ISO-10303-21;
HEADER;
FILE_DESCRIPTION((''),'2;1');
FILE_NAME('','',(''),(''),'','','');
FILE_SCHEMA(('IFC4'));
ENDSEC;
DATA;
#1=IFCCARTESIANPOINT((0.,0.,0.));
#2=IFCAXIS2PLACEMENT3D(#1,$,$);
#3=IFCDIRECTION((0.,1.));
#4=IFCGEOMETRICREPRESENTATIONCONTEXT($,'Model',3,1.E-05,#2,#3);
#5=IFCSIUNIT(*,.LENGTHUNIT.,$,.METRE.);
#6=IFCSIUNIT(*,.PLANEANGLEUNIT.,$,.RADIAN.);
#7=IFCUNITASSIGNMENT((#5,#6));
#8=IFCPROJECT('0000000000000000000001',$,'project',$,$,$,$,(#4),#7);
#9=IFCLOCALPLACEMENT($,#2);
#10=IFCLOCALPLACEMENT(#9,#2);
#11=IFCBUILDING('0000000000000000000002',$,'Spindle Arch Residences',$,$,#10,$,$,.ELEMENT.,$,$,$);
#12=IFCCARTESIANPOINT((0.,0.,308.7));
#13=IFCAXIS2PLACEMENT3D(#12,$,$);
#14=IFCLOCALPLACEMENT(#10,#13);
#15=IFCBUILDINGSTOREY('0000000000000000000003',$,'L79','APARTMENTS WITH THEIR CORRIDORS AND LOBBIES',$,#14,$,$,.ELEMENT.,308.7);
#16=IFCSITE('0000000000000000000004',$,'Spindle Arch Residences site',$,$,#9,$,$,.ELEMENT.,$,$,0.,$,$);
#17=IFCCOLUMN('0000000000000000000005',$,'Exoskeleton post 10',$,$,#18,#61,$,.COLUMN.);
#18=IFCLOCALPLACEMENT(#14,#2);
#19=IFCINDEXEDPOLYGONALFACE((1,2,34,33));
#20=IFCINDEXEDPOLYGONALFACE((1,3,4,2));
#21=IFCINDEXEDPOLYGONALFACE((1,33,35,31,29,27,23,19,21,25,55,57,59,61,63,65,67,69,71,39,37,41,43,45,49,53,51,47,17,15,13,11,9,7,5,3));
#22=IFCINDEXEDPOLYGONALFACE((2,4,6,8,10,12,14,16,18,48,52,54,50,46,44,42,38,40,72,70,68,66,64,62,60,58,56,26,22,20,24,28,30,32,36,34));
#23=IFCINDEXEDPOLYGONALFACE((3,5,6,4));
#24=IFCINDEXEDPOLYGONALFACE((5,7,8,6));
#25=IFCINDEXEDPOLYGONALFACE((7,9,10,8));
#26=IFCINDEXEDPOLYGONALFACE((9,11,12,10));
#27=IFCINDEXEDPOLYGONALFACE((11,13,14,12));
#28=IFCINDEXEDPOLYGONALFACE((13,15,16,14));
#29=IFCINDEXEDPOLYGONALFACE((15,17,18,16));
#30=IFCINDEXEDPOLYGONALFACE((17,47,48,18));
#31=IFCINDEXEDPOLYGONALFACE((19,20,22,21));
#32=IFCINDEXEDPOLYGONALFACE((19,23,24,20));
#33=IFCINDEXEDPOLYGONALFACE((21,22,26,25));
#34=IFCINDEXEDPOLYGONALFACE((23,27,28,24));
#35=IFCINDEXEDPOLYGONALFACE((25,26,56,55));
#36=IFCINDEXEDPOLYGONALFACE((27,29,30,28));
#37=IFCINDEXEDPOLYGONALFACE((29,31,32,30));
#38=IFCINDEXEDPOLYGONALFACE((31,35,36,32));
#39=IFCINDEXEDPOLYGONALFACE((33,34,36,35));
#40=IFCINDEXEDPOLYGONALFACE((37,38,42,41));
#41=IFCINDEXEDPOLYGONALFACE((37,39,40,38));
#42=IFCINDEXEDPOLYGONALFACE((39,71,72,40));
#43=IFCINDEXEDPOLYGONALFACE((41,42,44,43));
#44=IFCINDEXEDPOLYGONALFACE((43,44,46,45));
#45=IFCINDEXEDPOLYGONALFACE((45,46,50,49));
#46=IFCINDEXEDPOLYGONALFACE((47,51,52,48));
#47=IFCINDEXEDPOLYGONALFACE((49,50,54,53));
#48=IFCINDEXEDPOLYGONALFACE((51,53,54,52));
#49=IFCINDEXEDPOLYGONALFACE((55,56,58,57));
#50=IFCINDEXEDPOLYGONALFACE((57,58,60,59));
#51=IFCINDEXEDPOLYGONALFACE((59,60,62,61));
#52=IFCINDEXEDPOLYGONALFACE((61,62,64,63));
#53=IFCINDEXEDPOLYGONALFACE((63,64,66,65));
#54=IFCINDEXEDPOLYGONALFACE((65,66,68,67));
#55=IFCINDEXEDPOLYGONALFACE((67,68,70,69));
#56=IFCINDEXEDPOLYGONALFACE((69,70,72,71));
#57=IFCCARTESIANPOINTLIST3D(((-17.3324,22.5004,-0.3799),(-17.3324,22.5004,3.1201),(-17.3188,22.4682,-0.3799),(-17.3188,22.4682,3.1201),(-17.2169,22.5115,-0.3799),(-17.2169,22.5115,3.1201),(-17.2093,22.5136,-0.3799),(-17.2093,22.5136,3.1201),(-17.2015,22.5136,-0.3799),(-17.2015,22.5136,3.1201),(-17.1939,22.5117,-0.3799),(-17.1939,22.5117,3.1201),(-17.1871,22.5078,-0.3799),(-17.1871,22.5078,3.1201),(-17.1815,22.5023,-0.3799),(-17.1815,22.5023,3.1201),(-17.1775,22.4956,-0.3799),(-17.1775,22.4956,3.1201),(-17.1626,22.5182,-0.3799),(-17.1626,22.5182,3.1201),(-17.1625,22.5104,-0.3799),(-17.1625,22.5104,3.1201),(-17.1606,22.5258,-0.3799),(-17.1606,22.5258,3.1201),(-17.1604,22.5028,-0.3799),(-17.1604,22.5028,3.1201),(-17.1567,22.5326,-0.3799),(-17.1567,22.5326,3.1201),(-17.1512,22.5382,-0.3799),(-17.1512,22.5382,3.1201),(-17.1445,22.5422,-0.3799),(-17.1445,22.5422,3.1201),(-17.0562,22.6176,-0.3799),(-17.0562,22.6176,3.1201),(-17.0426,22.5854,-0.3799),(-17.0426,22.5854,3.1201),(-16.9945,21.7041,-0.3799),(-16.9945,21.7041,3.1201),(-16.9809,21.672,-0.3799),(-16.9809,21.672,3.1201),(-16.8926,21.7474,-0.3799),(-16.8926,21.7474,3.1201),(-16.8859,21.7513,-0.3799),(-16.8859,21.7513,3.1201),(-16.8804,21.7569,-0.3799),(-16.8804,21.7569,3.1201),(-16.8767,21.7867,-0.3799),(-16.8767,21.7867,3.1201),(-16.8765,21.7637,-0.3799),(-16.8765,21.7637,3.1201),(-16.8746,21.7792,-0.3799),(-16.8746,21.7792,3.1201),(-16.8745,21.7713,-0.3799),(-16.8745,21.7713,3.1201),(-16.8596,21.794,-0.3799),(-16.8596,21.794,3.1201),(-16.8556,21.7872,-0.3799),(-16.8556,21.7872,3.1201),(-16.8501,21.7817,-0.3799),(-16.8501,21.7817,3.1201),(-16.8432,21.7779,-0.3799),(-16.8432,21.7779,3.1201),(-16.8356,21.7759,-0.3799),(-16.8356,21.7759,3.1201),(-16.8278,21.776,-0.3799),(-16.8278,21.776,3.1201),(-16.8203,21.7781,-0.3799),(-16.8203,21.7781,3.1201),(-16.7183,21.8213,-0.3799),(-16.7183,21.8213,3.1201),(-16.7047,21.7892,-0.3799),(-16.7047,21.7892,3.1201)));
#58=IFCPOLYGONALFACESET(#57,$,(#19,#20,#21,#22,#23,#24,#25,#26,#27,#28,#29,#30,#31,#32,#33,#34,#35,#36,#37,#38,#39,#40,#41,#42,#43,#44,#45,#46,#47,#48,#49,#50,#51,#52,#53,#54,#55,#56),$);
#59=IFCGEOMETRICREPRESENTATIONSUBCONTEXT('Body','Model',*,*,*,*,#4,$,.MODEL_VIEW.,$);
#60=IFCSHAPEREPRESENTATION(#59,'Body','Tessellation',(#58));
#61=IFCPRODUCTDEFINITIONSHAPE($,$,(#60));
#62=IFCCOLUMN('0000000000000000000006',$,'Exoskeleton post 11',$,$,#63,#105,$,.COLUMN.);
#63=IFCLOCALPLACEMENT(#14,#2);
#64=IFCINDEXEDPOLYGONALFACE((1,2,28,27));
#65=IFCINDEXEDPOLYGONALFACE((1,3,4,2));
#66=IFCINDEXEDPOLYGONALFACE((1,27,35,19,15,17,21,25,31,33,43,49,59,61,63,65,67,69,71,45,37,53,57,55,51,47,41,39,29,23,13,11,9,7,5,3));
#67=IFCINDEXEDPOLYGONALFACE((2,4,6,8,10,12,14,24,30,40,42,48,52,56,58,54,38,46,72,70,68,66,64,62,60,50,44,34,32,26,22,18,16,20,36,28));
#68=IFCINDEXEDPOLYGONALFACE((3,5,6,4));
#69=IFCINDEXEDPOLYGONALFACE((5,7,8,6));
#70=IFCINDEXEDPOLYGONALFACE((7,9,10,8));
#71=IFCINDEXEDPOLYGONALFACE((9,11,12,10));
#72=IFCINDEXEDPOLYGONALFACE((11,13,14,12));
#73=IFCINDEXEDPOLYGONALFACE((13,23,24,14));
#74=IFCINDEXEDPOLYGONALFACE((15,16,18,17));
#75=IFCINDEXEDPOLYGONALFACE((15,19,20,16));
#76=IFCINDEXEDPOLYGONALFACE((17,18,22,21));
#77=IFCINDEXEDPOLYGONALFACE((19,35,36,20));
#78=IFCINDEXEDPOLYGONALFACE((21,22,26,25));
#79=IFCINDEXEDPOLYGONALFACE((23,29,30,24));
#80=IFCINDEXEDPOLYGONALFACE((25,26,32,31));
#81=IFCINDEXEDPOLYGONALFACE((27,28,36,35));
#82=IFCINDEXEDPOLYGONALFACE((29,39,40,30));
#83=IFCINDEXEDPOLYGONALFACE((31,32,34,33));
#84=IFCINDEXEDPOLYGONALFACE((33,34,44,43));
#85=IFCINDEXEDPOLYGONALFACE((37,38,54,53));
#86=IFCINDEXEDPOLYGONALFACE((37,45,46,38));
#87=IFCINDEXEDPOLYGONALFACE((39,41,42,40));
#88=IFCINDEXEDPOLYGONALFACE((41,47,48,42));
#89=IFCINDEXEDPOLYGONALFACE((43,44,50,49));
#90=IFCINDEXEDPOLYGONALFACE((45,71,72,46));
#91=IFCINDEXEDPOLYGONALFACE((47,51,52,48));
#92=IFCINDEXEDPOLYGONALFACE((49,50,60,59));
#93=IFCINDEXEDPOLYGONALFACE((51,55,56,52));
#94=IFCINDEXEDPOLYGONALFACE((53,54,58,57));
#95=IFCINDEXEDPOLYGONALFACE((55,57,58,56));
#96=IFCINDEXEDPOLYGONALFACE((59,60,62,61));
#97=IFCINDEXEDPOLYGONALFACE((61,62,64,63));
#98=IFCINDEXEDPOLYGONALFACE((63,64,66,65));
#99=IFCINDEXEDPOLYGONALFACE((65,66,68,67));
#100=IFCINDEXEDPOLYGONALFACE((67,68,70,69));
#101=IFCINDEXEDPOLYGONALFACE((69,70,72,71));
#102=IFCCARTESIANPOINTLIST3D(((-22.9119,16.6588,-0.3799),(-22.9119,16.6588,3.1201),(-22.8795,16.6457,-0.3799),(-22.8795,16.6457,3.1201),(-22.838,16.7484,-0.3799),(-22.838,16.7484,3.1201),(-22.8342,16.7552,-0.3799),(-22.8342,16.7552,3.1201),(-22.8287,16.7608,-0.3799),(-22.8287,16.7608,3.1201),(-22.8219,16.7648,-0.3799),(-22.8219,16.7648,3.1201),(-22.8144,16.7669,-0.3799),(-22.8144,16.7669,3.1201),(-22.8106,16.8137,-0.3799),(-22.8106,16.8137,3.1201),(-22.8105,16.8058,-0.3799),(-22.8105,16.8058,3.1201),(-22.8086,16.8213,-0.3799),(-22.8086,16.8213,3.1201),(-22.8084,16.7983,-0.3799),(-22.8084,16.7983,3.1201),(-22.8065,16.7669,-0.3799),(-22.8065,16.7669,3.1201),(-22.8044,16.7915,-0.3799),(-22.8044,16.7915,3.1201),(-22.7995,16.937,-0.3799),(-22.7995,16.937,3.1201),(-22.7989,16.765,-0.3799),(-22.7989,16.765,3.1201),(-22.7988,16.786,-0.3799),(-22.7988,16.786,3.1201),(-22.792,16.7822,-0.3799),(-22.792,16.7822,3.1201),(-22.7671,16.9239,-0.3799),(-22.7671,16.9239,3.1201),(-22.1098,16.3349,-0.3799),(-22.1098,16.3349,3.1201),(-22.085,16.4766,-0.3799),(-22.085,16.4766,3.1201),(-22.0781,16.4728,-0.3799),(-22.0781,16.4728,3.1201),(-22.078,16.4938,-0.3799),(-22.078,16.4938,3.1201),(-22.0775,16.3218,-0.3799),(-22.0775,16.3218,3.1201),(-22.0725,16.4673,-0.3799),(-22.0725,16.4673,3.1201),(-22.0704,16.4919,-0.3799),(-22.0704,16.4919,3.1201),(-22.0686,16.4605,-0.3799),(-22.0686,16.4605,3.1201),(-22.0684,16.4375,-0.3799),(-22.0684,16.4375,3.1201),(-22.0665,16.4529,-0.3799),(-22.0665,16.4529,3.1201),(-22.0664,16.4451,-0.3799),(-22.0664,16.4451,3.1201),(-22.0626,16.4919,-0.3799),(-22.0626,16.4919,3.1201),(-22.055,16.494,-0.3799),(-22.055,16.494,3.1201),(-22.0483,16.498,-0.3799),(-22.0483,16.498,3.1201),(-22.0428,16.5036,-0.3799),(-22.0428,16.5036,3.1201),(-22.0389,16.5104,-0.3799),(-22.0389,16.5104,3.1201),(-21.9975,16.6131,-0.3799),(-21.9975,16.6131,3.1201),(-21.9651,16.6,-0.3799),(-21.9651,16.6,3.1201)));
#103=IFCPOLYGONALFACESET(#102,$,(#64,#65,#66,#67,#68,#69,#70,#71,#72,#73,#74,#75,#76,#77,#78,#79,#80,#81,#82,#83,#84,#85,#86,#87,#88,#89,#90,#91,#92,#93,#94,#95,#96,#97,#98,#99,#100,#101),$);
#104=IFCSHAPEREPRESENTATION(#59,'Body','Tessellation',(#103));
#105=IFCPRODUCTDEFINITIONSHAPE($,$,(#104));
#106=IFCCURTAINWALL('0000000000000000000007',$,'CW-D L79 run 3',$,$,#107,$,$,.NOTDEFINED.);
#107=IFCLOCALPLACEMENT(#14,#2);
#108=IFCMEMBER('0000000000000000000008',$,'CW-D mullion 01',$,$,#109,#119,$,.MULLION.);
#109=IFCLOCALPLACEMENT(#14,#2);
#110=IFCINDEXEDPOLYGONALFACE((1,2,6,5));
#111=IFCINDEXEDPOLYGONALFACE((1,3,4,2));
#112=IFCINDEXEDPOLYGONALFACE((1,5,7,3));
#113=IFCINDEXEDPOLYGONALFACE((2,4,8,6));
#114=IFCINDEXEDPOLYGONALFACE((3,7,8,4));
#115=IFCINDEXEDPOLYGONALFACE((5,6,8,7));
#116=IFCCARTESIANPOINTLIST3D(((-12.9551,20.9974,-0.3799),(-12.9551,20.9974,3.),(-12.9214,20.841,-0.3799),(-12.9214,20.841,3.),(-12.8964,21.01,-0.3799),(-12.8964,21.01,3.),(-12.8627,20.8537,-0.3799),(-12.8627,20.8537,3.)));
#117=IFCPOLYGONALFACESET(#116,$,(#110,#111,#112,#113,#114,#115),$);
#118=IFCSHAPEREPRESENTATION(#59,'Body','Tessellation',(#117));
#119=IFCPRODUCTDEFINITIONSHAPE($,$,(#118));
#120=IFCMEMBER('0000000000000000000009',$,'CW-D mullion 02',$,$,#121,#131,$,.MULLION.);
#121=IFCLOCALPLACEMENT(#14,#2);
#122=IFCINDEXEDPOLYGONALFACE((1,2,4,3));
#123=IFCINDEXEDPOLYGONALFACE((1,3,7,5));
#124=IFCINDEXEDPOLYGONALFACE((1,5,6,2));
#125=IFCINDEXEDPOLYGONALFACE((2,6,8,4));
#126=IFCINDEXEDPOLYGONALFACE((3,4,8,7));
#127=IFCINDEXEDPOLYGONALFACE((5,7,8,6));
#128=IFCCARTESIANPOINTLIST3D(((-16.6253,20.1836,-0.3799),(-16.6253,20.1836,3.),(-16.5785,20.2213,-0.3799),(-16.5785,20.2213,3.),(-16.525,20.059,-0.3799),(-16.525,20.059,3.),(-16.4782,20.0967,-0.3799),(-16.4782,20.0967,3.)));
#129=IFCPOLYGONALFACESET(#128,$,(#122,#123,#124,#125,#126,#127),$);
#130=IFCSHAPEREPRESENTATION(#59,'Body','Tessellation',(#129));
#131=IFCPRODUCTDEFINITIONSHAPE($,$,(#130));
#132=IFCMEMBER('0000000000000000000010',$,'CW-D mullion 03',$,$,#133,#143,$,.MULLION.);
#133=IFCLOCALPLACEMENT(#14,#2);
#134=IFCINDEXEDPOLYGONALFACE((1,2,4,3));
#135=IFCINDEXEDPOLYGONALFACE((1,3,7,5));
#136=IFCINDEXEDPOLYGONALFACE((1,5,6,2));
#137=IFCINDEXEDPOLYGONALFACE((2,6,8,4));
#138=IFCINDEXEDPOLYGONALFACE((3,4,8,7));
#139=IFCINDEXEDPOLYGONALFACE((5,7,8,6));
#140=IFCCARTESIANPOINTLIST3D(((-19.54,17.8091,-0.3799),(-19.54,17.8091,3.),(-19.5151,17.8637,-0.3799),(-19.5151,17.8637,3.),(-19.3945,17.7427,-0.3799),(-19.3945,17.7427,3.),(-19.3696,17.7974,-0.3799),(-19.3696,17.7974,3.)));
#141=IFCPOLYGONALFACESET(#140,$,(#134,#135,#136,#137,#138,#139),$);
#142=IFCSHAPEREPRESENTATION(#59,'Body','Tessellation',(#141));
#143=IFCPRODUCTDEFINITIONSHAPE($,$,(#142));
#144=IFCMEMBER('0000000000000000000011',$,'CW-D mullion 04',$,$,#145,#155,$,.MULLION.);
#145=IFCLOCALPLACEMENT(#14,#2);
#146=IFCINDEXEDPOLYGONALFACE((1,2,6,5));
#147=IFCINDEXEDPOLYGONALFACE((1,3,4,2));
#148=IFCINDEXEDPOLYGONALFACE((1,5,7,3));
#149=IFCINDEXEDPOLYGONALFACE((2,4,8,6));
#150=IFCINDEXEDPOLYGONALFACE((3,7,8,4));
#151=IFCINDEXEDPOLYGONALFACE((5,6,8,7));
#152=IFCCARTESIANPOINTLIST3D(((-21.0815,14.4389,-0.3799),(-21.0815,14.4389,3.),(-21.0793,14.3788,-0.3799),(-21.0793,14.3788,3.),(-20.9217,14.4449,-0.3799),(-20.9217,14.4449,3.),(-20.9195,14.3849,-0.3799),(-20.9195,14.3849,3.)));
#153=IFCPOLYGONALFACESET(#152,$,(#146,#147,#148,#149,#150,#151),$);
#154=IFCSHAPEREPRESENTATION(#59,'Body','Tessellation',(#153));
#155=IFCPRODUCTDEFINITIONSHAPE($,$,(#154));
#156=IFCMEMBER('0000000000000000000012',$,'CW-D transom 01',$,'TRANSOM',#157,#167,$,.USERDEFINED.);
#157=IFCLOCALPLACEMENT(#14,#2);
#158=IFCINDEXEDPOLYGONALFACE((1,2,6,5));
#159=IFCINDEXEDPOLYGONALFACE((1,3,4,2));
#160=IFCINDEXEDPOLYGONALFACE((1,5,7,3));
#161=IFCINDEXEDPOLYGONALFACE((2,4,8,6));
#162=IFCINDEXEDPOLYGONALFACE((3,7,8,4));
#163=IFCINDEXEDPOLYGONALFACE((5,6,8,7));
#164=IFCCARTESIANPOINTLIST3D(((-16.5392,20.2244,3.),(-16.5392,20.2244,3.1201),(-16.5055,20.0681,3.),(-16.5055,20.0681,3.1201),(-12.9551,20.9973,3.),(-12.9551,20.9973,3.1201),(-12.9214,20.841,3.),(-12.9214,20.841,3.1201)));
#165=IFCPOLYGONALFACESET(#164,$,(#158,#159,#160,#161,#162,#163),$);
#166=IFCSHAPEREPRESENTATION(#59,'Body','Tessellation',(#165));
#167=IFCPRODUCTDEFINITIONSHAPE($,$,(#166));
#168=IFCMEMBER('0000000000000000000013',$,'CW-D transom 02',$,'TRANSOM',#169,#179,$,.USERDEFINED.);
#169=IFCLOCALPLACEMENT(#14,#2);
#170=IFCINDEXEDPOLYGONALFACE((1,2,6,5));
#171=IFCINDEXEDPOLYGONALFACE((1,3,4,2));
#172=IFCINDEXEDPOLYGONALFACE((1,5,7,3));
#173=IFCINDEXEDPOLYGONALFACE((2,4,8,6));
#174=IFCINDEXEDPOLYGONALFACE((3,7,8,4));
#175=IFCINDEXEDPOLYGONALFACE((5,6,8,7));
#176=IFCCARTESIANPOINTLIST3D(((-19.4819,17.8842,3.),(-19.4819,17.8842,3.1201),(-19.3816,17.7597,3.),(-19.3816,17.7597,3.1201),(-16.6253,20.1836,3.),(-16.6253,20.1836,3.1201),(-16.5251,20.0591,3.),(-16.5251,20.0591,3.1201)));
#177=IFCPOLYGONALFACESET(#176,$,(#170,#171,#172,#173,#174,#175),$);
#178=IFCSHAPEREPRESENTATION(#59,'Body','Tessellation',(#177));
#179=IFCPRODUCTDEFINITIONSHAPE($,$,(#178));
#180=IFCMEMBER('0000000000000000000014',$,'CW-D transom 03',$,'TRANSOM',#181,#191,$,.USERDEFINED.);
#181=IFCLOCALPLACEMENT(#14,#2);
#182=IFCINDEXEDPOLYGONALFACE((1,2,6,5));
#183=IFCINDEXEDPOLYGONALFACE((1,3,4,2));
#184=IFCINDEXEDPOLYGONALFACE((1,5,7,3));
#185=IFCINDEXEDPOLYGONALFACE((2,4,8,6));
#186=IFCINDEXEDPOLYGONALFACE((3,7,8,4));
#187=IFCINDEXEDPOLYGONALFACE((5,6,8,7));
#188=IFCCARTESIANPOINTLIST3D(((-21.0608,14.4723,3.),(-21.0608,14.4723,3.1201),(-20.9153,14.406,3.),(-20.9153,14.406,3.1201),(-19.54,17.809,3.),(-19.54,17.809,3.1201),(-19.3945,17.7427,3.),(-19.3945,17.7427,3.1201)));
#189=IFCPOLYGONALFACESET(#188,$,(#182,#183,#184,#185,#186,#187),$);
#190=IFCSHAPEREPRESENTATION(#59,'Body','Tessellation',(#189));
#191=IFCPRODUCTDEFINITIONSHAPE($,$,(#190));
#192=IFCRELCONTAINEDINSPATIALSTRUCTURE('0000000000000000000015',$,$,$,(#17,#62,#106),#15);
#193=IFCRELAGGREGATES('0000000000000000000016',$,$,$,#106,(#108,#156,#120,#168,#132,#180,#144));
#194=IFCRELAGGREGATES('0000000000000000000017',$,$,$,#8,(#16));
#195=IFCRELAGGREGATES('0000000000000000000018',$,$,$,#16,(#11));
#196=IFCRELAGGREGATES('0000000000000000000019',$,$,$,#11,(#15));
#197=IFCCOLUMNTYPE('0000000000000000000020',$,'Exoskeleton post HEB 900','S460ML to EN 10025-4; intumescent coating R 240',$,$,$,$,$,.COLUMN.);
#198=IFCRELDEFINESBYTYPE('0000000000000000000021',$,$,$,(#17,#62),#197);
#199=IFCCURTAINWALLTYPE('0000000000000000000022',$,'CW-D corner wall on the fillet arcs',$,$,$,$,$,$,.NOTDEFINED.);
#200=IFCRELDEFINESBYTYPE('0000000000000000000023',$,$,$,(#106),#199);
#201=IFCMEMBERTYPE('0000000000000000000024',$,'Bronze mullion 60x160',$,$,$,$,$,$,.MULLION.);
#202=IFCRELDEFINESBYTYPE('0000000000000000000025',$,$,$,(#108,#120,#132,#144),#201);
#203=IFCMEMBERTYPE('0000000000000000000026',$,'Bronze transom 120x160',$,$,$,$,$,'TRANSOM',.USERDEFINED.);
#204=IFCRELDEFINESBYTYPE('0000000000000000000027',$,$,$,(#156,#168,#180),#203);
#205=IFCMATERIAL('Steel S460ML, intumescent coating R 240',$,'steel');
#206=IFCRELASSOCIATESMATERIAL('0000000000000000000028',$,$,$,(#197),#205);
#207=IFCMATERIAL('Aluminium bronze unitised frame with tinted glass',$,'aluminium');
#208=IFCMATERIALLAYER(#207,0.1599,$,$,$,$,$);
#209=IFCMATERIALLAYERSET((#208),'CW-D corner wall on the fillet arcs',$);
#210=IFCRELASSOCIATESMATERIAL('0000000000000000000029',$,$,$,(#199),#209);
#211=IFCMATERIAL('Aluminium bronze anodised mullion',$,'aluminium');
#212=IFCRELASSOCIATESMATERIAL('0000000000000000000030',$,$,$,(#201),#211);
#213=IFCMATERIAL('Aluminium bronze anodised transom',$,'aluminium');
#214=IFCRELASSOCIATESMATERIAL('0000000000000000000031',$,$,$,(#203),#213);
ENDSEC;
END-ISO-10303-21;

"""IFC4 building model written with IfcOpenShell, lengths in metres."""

from ifc_helpers import new_model, si_unit, direction, frame, origin, origin_2d, place, context, subcontext, project, spatial, rectangle, i_section, extrude, material, layer, layer_set, material_profile, profile_set, type_object, element, aggregate, save


model = new_model("IFC4")

# Units and contexts
model_context = context("Model", 3, precision=1e-05, world=origin(), true_north=direction((0.0, 1.0)))
body_context = subcontext(model_context, "Body", "Model", "MODEL_VIEW")
ifc_project = project(units=[si_unit("LENGTHUNIT", "METRE"), si_unit("PLANEANGLEUNIT", "RADIAN")], contexts=[model_context])

# Site, building, storey
site_placement = place(None, origin())
site = spatial("IfcSite", under=ifc_project, at=site_placement, Name="Spindle Arch Residences site", CompositionType="ELEMENT", RefElevation=0.0)
building_placement = place(site_placement, origin())
building = spatial("IfcBuilding", under=site, at=building_placement, Name="Spindle Arch Residences", CompositionType="ELEMENT")
storey_placement = place(building_placement, frame((0.0, 0.0, 308.7)))
storey = spatial("IfcBuildingStorey", under=building, at=storey_placement, Name="L79", Description="APARTMENTS WITH THEIR CORRIDORS AND LOBBIES", CompositionType="ELEMENT", Elevation=308.7)

# Columns
ifc_material_1 = material(Name="Steel S460ML, intumescent coating R 240", Category="steel")
ifc_material_profile_1 = material_profile(ifc_material_1, i_section(OverallWidth=0.3, OverallDepth=0.8999, WebThickness=0.0186, FlangeThickness=0.0349, FilletRadius=0.03, at=origin_2d()), Name="HEB 900")
ifc_profile_set_1 = profile_set([ifc_material_profile_1], Name="Steel S460ML, intumescent coating R 240")
column_type = type_object("IfcColumnType", Name="Exoskeleton post HEB 900", Description="S460ML to EN 10025-4; intumescent coating R 240", PredefinedType="COLUMN", material=ifc_profile_set_1)
for number, where, z_axis, x_axis, name in (
    (1, (-17.0186, 22.1448, -0.3799), (0.0, 0.0, 1.0), (0.920554, 0.390614, 0.0), "Exoskeleton post 10"),
    (2, (-22.4385, 16.6294, -0.3799), (0.0, 0.0, 1.0), (0.374489, 0.927231, 0.0), "Exoskeleton post 11"),
):
    element("IfcColumn", number, at=place(storey_placement, frame(where, z_axis=z_axis, x_axis=x_axis)), inside=storey, type_object=column_type, Name=name, PredefinedType="COLUMN", context=body_context, shape_type="SweptSolid", body=[
        extrude(i_section(OverallWidth=0.3, OverallDepth=0.8999, WebThickness=0.0186, FlangeThickness=0.0349, FilletRadius=0.03, at=origin_2d()), origin(), (0.0, 0.0, 1.0), 3.5),
    ])

# Curtain wall, members
ifc_material_2 = material(Name="Aluminium bronze unitised frame with tinted glass", Category="aluminium")
ifc_layer_1 = layer(ifc_material_2, 0.1599)
ifc_layer_set_1 = layer_set([ifc_layer_1], Name="CW-D corner wall on the fillet arcs")
curtain_wall_type = type_object("IfcCurtainWallType", Name="CW-D corner wall on the fillet arcs", PredefinedType="NOTDEFINED", material=ifc_layer_set_1)
curtain_wall_placement = place(storey_placement, origin())
curtain_wall = element("IfcCurtainWall", 3, at=curtain_wall_placement, inside=storey, type_object=curtain_wall_type, Name="CW-D L79 run 3", PredefinedType="NOTDEFINED")
ifc_material_3 = material(Name="Aluminium bronze anodised mullion", Category="aluminium")
ifc_material_profile_2 = material_profile(ifc_material_3, rectangle(XDim=0.1599, YDim=0.0601, at=origin_2d()), Name="MU 60x160")
ifc_profile_set_2 = profile_set([ifc_material_profile_2], Name="Aluminium bronze anodised mullion")
member_type_1 = type_object("IfcMemberType", Name="Bronze mullion 60x160", PredefinedType="MULLION", material=ifc_profile_set_2)
member_1_placement = place(storey_placement, frame((-12.9089, 20.9255, -0.3799), z_axis=(0.0, 0.0, 1.0), x_axis=(0.210756, -0.977539, 0.0)))
member_1 = element("IfcMember", 4, at=member_1_placement, type_object=member_type_1, Name="CW-D mullion 01", PredefinedType="MULLION", context=body_context, shape_type="SweptSolid", body=[
    extrude(rectangle(XDim=0.1599, YDim=0.0601, at=origin_2d()), origin(), (0.0, 0.0, 1.0), 3.3799),
])
member_2_placement = place(storey_placement, frame((-16.5518, 20.1401, -0.3799), z_axis=(0.0, 0.0, 1.0), x_axis=(0.627057, -0.778973, 0.0)))
member_2 = element("IfcMember", 5, at=member_2_placement, type_object=member_type_1, Name="CW-D mullion 02", PredefinedType="MULLION", context=body_context, shape_type="SweptSolid", body=[
    extrude(rectangle(XDim=0.1599, YDim=0.0601, at=origin_2d()), origin(), (0.0, 0.0, 1.0), 3.3799),
])
member_3_placement = place(storey_placement, frame((-19.4548, 17.8032, -0.3799), z_axis=(0.0, 0.0, 1.0), x_axis=(0.909961, -0.414693, 0.0)))
member_3 = element("IfcMember", 6, at=member_3_placement, type_object=member_type_1, Name="CW-D mullion 03", PredefinedType="MULLION", context=body_context, shape_type="SweptSolid", body=[
    extrude(rectangle(XDim=0.1599, YDim=0.0601, at=origin_2d()), origin(), (0.0, 0.0, 1.0), 3.3799),
])
member_4_placement = place(storey_placement, frame((-21.0005, 14.4119, -0.3799), z_axis=(0.0, 0.0, 1.0), x_axis=(0.999285, 0.037806, 0.0)))
member_4 = element("IfcMember", 7, at=member_4_placement, type_object=member_type_1, Name="CW-D mullion 04", PredefinedType="MULLION", context=body_context, shape_type="SweptSolid", body=[
    extrude(rectangle(XDim=0.1599, YDim=0.0601, at=origin_2d()), origin(), (0.0, 0.0, 1.0), 3.3799),
])
ifc_material_4 = material(Name="Aluminium bronze anodised transom", Category="aluminium")
ifc_material_profile_3 = material_profile(ifc_material_4, rectangle(XDim=0.1599, YDim=0.1201, at=origin_2d()), Name="TR 120x160")
ifc_profile_set_3 = profile_set([ifc_material_profile_3], Name="Aluminium bronze anodised transom")
member_type_2 = type_object("IfcMemberType", Name="Bronze transom 120x160", ElementType="TRANSOM", PredefinedType="USERDEFINED", material=ifc_profile_set_3)
member_5_placement = place(storey_placement, frame((-12.9382, 20.9192, 3.0601), z_axis=(-0.977528, -0.210807, 0.0), x_axis=(0.210807, -0.977528, 0.0)))
member_5 = element("IfcMember", 8, at=member_5_placement, type_object=member_type_2, Name="CW-D transom 01", ObjectType="TRANSOM", PredefinedType="USERDEFINED", context=body_context, shape_type="SweptSolid", body=[
    extrude(rectangle(XDim=0.1599, YDim=0.1201, at=origin_2d()), origin(), (0.0, 0.0, 1.0), 3.6665),
])
member_6_placement = place(storey_placement, frame((-16.5752, 20.1213, 3.0601), z_axis=(-0.778982, -0.627047, 0.0), x_axis=(0.627047, -0.778982, 0.0)))
member_6 = element("IfcMember", 9, at=member_6_placement, type_object=member_type_2, Name="CW-D transom 02", ObjectType="TRANSOM", PredefinedType="USERDEFINED", context=body_context, shape_type="SweptSolid", body=[
    extrude(rectangle(XDim=0.1599, YDim=0.1201, at=origin_2d()), origin(), (0.0, 0.0, 1.0), 3.667),
])
member_7_placement = place(storey_placement, frame((-19.4673, 17.7759, 3.0601), z_axis=(-0.414726, -0.909946, 0.0), x_axis=(0.909946, -0.414726, 0.0)))
member_7 = element("IfcMember", 10, at=member_7_placement, type_object=member_type_2, Name="CW-D transom 03", ObjectType="TRANSOM", PredefinedType="USERDEFINED", context=body_context, shape_type="SweptSolid", body=[
    extrude(rectangle(XDim=0.1599, YDim=0.1201, at=origin_2d()), origin(), (0.0, 0.0, 1.0), 3.667),
])

aggregate(curtain_wall, [member_1, member_5, member_2, member_6, member_3, member_7, member_4])

save(model, "model.ifc")
